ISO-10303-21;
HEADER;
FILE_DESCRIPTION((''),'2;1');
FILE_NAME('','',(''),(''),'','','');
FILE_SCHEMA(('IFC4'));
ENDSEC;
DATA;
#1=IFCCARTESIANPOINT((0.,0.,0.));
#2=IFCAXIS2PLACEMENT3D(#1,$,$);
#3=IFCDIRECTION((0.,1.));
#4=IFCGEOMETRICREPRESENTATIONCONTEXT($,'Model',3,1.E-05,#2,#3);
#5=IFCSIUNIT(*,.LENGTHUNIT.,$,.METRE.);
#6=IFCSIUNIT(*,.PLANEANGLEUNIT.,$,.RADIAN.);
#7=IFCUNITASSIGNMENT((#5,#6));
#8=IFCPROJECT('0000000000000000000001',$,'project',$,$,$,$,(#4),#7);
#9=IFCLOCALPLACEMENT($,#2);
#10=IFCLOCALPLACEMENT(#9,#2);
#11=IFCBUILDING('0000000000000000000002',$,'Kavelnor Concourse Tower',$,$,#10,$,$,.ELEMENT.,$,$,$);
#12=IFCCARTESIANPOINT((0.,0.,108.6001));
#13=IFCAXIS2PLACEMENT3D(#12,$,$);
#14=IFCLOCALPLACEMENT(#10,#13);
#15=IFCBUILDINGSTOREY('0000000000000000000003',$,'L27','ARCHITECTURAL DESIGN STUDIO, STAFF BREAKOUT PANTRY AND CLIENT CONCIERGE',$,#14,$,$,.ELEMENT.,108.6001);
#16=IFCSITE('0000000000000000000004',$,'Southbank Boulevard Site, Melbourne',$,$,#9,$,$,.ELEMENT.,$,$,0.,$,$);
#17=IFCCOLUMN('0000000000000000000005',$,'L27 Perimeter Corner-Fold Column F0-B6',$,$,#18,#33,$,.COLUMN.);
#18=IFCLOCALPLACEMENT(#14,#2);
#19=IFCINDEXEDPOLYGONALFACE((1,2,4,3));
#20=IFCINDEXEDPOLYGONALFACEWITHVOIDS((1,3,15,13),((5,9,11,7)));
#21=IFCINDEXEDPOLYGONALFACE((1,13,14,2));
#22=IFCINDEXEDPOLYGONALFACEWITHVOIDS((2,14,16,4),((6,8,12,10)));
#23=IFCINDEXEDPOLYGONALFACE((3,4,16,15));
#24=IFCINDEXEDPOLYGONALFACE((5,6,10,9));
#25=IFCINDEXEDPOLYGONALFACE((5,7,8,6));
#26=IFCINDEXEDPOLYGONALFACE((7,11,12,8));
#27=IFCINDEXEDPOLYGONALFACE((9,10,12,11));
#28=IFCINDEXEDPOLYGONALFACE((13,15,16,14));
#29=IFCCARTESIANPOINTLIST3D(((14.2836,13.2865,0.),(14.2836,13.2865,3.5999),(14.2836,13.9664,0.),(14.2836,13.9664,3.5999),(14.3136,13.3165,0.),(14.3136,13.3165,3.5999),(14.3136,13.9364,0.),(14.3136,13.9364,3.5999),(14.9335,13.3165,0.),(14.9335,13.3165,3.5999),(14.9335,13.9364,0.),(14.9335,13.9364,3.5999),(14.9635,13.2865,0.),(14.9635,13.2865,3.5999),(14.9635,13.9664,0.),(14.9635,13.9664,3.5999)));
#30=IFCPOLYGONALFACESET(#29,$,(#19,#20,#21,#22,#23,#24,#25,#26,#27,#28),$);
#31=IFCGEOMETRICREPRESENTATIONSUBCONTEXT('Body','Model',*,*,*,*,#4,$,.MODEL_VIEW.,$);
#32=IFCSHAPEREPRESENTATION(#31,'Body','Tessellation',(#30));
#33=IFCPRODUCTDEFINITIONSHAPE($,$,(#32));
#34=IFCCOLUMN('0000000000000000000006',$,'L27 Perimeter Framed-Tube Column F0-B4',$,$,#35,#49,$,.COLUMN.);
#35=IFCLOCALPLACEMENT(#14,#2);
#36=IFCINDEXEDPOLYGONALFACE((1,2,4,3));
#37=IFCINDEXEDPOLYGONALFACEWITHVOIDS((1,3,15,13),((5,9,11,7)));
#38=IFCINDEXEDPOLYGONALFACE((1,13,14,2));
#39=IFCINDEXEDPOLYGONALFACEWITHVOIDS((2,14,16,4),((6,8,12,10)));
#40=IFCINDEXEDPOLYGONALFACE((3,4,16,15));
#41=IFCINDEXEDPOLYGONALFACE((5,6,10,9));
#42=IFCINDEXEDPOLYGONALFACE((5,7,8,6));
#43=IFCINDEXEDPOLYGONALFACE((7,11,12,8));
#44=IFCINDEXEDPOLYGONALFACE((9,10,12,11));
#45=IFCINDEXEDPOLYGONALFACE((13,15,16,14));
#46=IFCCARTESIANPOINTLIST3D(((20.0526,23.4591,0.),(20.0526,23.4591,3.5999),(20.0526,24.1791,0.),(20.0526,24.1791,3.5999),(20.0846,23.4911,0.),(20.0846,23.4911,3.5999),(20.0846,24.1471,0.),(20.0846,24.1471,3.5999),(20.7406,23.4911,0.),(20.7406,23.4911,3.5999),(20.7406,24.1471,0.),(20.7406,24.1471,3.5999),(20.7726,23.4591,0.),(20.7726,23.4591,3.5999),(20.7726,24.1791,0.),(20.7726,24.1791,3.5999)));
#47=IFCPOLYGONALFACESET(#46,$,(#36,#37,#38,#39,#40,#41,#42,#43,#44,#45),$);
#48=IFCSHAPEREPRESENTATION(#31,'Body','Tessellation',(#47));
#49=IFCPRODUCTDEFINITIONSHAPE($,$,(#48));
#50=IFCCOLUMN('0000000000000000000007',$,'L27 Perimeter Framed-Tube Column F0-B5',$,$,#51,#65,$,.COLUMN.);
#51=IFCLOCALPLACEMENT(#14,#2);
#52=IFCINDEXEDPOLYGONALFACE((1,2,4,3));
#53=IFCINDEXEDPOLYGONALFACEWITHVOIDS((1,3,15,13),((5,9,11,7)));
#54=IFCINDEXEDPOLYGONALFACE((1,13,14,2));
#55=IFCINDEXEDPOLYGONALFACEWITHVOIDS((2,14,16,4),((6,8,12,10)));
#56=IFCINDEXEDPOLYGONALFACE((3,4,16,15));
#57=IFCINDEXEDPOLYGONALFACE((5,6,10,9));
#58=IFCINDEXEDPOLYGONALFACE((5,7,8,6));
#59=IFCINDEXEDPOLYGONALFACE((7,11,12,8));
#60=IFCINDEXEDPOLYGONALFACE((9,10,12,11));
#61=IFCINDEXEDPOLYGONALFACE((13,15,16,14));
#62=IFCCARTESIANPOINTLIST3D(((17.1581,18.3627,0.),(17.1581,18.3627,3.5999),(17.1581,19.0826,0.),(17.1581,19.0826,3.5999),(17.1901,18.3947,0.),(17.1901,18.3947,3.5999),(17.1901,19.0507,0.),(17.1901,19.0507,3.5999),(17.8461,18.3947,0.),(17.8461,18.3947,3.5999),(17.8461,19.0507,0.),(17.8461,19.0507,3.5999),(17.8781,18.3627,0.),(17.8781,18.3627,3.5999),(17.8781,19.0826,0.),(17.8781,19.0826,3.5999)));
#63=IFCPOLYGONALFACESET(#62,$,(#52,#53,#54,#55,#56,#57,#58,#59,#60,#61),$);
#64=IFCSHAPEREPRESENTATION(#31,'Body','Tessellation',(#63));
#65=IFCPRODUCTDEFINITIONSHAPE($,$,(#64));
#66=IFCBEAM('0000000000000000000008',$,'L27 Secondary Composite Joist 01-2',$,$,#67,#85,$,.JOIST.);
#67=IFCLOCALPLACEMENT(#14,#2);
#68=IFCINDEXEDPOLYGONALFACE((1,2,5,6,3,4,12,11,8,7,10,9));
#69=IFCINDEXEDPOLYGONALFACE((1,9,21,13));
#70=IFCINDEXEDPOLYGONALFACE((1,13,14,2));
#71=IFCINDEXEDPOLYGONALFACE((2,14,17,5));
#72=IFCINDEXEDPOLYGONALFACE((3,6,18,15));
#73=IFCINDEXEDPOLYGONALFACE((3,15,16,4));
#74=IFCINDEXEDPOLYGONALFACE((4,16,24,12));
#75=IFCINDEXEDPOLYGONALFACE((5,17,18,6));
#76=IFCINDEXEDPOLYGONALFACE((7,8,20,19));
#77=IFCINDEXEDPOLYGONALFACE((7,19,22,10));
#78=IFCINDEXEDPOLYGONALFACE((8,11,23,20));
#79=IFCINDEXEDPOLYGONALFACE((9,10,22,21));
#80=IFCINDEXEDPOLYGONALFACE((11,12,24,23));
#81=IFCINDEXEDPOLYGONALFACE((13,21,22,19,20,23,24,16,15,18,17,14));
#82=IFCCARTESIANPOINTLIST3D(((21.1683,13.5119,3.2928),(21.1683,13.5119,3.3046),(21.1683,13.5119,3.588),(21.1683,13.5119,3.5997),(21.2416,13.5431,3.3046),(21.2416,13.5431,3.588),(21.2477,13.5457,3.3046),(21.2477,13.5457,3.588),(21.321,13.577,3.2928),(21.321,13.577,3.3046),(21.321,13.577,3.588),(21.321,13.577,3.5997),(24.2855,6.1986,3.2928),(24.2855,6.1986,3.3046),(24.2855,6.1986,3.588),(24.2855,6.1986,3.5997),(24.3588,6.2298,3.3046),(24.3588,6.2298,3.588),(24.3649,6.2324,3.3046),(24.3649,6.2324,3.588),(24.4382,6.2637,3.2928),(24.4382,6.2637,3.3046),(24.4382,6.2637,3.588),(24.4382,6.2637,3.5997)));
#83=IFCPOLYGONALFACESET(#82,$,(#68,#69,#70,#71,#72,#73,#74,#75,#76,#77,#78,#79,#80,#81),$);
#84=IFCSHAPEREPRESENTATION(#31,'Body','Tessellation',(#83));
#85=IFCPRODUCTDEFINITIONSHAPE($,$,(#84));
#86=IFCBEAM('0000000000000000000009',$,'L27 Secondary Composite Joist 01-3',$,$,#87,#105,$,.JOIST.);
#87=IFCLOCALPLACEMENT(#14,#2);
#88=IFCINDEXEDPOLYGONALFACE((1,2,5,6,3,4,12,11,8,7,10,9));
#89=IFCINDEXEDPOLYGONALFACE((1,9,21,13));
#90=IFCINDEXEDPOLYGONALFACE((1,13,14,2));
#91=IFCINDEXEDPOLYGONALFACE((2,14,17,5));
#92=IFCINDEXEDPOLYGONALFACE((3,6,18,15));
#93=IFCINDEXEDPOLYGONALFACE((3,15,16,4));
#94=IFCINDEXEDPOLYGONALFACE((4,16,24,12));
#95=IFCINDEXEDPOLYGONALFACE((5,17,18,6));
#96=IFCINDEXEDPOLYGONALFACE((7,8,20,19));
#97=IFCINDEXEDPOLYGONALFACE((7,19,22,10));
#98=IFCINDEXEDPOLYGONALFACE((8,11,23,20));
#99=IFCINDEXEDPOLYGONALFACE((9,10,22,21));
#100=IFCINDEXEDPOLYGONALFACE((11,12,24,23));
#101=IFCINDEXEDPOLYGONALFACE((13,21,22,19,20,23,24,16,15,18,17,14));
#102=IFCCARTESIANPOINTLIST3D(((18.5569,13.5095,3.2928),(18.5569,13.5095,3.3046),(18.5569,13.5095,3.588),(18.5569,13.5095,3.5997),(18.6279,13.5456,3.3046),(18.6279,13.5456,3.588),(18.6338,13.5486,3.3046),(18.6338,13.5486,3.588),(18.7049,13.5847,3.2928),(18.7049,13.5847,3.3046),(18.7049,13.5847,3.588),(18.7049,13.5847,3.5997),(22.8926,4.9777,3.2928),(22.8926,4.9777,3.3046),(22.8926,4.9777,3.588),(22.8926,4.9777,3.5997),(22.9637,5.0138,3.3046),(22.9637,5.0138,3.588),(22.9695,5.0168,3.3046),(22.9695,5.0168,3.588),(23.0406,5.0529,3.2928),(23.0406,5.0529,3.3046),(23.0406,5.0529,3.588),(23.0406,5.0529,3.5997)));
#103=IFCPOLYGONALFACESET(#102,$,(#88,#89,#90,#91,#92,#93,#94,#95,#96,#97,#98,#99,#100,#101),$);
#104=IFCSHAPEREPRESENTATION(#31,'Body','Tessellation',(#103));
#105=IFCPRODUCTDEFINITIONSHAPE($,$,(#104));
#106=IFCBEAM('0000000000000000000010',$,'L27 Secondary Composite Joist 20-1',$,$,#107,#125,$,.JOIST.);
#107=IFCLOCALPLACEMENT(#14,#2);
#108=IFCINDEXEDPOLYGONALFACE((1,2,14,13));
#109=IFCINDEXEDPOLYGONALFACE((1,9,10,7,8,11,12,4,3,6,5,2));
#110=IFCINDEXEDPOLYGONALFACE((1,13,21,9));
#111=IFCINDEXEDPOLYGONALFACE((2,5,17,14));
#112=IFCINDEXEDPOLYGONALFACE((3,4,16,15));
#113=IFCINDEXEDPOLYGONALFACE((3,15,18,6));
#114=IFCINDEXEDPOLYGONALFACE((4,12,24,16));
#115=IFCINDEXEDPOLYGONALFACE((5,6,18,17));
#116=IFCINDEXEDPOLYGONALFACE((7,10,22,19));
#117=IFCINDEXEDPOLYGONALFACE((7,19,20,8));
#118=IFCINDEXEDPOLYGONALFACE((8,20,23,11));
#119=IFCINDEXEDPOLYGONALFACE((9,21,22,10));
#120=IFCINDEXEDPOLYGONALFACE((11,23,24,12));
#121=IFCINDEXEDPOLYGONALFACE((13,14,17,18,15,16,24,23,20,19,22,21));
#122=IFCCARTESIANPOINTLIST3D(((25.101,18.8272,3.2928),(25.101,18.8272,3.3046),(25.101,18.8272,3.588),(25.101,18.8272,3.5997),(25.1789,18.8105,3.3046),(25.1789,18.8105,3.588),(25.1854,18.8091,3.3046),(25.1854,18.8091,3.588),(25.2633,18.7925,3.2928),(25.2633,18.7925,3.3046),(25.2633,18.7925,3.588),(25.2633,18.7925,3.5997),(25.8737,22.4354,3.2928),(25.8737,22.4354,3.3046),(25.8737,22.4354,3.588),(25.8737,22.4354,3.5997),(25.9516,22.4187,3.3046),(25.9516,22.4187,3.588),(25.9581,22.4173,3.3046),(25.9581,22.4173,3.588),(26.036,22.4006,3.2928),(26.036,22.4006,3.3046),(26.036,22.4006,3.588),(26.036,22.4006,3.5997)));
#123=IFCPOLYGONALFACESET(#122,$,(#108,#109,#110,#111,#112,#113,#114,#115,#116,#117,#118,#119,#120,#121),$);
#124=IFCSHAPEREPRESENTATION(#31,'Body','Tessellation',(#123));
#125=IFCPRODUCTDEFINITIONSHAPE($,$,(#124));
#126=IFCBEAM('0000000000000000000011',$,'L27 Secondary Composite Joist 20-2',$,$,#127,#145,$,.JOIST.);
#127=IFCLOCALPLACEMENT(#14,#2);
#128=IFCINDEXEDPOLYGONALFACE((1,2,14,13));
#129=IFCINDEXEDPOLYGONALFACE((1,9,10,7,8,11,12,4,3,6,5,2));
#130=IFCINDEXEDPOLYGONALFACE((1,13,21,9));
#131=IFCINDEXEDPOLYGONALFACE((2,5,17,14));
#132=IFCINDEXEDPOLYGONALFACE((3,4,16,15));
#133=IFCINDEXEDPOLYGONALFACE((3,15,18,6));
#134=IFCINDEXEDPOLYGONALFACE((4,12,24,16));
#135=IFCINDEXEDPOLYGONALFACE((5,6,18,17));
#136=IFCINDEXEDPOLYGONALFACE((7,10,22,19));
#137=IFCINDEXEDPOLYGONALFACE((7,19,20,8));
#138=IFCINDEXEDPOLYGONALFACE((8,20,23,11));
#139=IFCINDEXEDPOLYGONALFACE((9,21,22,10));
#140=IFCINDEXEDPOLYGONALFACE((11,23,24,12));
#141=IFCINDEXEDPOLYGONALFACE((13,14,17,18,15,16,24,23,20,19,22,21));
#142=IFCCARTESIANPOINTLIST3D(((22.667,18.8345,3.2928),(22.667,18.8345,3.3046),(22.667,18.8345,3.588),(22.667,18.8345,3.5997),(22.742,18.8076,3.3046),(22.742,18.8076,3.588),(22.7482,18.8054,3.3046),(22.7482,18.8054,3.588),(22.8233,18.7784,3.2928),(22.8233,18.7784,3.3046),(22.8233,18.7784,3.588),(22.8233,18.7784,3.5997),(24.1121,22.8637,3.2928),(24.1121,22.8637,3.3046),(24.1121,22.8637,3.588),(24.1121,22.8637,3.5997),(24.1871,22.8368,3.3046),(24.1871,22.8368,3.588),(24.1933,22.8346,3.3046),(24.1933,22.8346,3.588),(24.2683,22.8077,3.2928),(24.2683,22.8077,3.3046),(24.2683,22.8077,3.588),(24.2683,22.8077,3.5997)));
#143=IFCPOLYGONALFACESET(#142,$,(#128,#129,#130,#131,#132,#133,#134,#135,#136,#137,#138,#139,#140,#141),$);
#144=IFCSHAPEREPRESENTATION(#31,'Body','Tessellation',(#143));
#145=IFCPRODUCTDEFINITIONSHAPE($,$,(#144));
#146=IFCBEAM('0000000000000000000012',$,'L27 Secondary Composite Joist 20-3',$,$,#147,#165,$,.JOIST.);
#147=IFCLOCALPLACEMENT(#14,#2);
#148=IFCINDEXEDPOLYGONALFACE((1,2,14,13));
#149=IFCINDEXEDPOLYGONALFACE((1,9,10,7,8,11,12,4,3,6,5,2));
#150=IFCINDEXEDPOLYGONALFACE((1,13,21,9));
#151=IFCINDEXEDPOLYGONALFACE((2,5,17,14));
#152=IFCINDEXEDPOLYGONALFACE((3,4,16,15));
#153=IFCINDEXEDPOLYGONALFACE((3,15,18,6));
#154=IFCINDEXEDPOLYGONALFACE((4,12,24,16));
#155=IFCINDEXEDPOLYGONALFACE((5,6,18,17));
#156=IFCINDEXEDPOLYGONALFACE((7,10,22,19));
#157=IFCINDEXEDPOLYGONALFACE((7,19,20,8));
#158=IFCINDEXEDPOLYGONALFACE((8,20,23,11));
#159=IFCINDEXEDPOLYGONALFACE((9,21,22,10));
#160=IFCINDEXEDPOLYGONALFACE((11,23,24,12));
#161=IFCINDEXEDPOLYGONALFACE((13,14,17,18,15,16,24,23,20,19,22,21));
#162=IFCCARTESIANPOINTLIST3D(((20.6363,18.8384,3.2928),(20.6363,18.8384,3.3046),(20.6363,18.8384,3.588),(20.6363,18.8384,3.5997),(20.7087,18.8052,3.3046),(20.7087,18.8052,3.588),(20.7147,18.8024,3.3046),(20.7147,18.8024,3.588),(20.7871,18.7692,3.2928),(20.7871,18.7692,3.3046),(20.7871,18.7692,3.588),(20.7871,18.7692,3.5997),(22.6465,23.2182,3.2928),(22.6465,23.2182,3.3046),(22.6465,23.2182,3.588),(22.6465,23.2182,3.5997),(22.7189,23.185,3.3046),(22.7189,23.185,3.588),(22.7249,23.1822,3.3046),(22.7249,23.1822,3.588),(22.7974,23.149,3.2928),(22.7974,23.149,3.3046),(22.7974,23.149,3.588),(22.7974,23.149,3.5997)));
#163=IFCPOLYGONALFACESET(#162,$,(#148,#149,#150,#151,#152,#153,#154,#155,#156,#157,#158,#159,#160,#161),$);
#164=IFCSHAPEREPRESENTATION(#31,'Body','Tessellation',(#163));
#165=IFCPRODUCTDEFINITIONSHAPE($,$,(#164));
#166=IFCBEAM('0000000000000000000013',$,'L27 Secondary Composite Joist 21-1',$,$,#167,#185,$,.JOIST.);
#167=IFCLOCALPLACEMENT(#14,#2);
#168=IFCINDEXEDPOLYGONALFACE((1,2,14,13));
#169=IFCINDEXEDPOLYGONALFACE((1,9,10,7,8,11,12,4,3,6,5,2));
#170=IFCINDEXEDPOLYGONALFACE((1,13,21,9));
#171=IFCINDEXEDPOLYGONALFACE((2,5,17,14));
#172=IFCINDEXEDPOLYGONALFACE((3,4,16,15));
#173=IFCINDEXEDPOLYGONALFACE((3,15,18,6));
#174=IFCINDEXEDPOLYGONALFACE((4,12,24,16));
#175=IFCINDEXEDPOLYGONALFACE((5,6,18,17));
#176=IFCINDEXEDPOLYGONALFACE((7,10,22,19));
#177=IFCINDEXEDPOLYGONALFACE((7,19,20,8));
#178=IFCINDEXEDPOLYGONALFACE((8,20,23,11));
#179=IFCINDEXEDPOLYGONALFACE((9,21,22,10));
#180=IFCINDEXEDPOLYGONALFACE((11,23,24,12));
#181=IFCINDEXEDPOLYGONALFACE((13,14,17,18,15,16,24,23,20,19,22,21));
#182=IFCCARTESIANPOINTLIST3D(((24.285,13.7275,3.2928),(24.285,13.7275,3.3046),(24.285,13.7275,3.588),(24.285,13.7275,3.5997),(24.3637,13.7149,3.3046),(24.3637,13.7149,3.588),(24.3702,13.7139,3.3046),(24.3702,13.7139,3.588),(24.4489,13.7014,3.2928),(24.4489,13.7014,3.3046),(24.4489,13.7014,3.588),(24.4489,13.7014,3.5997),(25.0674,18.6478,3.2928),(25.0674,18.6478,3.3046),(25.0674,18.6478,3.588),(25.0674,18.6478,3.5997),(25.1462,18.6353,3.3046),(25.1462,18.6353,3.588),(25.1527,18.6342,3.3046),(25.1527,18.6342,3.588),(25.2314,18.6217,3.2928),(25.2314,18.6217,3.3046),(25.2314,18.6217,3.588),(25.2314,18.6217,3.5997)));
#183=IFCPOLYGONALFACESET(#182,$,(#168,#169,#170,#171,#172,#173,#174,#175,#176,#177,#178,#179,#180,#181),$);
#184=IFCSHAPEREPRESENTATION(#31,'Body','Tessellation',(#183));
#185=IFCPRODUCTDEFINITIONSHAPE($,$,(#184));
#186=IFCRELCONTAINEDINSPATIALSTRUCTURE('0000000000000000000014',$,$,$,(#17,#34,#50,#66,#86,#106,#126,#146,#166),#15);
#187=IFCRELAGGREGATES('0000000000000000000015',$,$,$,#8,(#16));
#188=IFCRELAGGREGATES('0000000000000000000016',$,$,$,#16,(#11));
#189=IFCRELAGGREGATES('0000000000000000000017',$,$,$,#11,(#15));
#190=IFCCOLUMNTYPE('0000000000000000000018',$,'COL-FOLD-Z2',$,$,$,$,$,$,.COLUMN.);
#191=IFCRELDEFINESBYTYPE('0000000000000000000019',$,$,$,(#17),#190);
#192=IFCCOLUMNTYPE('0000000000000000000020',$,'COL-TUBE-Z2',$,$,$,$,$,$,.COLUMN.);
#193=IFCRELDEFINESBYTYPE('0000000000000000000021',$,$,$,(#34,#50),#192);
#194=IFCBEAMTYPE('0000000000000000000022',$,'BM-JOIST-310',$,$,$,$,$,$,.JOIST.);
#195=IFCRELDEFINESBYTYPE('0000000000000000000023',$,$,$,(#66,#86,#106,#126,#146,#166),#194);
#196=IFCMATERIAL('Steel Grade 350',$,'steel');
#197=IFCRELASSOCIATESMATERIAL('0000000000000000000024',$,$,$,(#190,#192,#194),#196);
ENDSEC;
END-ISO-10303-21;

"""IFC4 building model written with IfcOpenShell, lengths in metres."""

from ifc_helpers import new_model, si_unit, direction, frame, origin, origin_2d, place, context, subcontext, project, spatial, hollow_rectangle, i_section, extrude, material, material_profile, profile_set, type_object, element, save


model = new_model("IFC4")

# Units and contexts
model_context = context("Model", 3, precision=1e-05, world=origin(), true_north=direction((0.0, 1.0)))
body_context = subcontext(model_context, "Body", "Model", "MODEL_VIEW")
ifc_project = project(units=[si_unit("LENGTHUNIT", "METRE"), si_unit("PLANEANGLEUNIT", "RADIAN")], contexts=[model_context])

# Site, building, storey
site_placement = place(None, origin())
site = spatial("IfcSite", under=ifc_project, at=site_placement, Name="Southbank Boulevard Site, Melbourne", CompositionType="ELEMENT", RefElevation=0.0)
building_placement = place(site_placement, origin())
building = spatial("IfcBuilding", under=site, at=building_placement, Name="Kavelnor Concourse Tower", CompositionType="ELEMENT")
storey_placement = place(building_placement, frame((0.0, 0.0, 108.6001)))
storey = spatial("IfcBuildingStorey", under=building, at=storey_placement, Name="L27", Description="ARCHITECTURAL DESIGN STUDIO, STAFF BREAKOUT PANTRY AND CLIENT CONCIERGE", CompositionType="ELEMENT", Elevation=108.6001)

# Columns
ifc_material_1 = material(Name="Steel Grade 350", Category="steel")
ifc_material_profile_1 = material_profile(ifc_material_1, hollow_rectangle(XDim=0.6799, YDim=0.6799, WallThickness=0.03, at=origin_2d()), Name="SHS 680x680x30")
ifc_profile_set_1 = profile_set([ifc_material_profile_1], Name="Steel Grade 350")
column_type_1 = type_object("IfcColumnType", Name="COL-FOLD-Z2", PredefinedType="COLUMN", material=ifc_profile_set_1)
column_placement = place(storey_placement, frame((14.6235, 13.6265, 0.0), z_axis=(0.0, 0.0, 1.0), x_axis=(1.0, 0.0, 0.0)))
element("IfcColumn", 1, at=column_placement, inside=storey, type_object=column_type_1, Name="L27 Perimeter Corner-Fold Column F0-B6", PredefinedType="COLUMN", context=body_context, shape_type="SweptSolid", body=[
    extrude(hollow_rectangle(XDim=0.6799, YDim=0.6799, WallThickness=0.03, at=origin_2d()), origin(), (0.0, 0.0, 1.0), 3.5999),
])
ifc_material_profile_2 = material_profile(ifc_material_1, hollow_rectangle(XDim=0.72, YDim=0.72, WallThickness=0.032, at=origin_2d()), Name="SHS 720x720x32")
ifc_profile_set_2 = profile_set([ifc_material_profile_2], Name="Steel Grade 350")
column_type_2 = type_object("IfcColumnType", Name="COL-TUBE-Z2", PredefinedType="COLUMN", material=ifc_profile_set_2)
for number, where, z_axis, x_axis, name in (
    (2, (20.4126, 23.8191, 0.0), (0.0, 0.0, 1.0), (1.0, 0.0, 0.0), "L27 Perimeter Framed-Tube Column F0-B4"),
    (3, (17.5181, 18.7227, 0.0), (0.0, 0.0, 1.0), (1.0, 0.0, 0.0), "L27 Perimeter Framed-Tube Column F0-B5"),
):
    element("IfcColumn", number, at=place(storey_placement, frame(where, z_axis=z_axis, x_axis=x_axis)), inside=storey, type_object=column_type_2, Name=name, PredefinedType="COLUMN", context=body_context, shape_type="SweptSolid", body=[
        extrude(hollow_rectangle(XDim=0.72, YDim=0.72, WallThickness=0.032, at=origin_2d()), origin(), (0.0, 0.0, 1.0), 3.5999),
    ])

# Beams
ifc_material_profile_3 = material_profile(ifc_material_1, i_section(OverallWidth=0.166, OverallDepth=0.3069, WebThickness=0.0066, FlangeThickness=0.0117, at=origin_2d()), Name="310UB46")
ifc_profile_set_3 = profile_set([ifc_material_profile_3], Name="Steel Grade 350")
beam_type_1 = type_object("IfcBeamType", Name="BM-JOIST-310", PredefinedType="JOIST", material=ifc_profile_set_3)
beam_1_placement = place(storey_placement, frame((21.2446, 13.5444, 3.4463), z_axis=(0.392106, -0.91992, 0.0), x_axis=(0.91992, 0.392106, 0.0)))
element("IfcBeam", 4, at=beam_1_placement, inside=storey, type_object=beam_type_1, Name="L27 Secondary Composite Joist 01-2", PredefinedType="JOIST", context=body_context, shape_type="SweptSolid", body=[
    extrude(i_section(OverallWidth=0.166, OverallDepth=0.3069, WebThickness=0.0066, FlangeThickness=0.0117, at=origin_2d()), origin(), (0.0, 0.0, 1.0), 7.95),
])
beam_2_placement = place(storey_placement, frame((18.6309, 13.5471, 3.4463), z_axis=(0.453041, -0.89149, 0.0), x_axis=(0.89149, 0.453041, 0.0)))
element("IfcBeam", 5, at=beam_2_placement, inside=storey, type_object=beam_type_1, Name="L27 Secondary Composite Joist 01-3", PredefinedType="JOIST", context=body_context, shape_type="SweptSolid", body=[
    extrude(i_section(OverallWidth=0.166, OverallDepth=0.3069, WebThickness=0.0066, FlangeThickness=0.0117, at=origin_2d()), origin(), (0.0, 0.0, 1.0), 9.5703),
])
beam_3_placement = place(storey_placement, frame((25.9548, 22.418, 3.4463), z_axis=(-0.209407, -0.977829, 0.0), x_axis=(0.977829, -0.209407, 0.0)))
element("IfcBeam", 6, at=beam_3_placement, inside=storey, type_object=beam_type_1, Name="L27 Secondary Composite Joist 20-1", PredefinedType="JOIST", context=body_context, shape_type="SweptSolid", body=[
    extrude(i_section(OverallWidth=0.166, OverallDepth=0.3069, WebThickness=0.0066, FlangeThickness=0.0117, at=origin_2d()), origin(), (0.0, 0.0, 1.0), 3.6899),
])
beam_4_placement = place(storey_placement, frame((24.1902, 22.8357, 3.4463), z_axis=(-0.337586, -0.941295, 0.0), x_axis=(0.941295, -0.337586, 0.0)))
element("IfcBeam", 7, at=beam_4_placement, inside=storey, type_object=beam_type_1, Name="L27 Secondary Composite Joist 20-2", PredefinedType="JOIST", context=body_context, shape_type="SweptSolid", body=[
    extrude(i_section(OverallWidth=0.166, OverallDepth=0.3069, WebThickness=0.0066, FlangeThickness=0.0117, at=origin_2d()), origin(), (0.0, 0.0, 1.0), 4.2805),
])
beam_5_placement = place(storey_placement, frame((22.7219, 23.1836, 3.4463), z_axis=(-0.417136, -0.908844, 0.0), x_axis=(0.908844, -0.417136, 0.0)))
element("IfcBeam", 8, at=beam_5_placement, inside=storey, type_object=beam_type_1, Name="L27 Secondary Composite Joist 20-3", PredefinedType="JOIST", context=body_context, shape_type="SweptSolid", body=[
    extrude(i_section(OverallWidth=0.166, OverallDepth=0.3069, WebThickness=0.0066, FlangeThickness=0.0117, at=origin_2d()), origin(), (0.0, 0.0, 1.0), 4.8191),
])
beam_6_placement = place(storey_placement, frame((25.1494, 18.6348, 3.4463), z_axis=(-0.157052, -0.98759, 0.0), x_axis=(0.98759, -0.157052, 0.0)))
element("IfcBeam", 9, at=beam_6_placement, inside=storey, type_object=beam_type_1, Name="L27 Secondary Composite Joist 21-1", PredefinedType="JOIST", context=body_context, shape_type="SweptSolid", body=[
    extrude(i_section(OverallWidth=0.166, OverallDepth=0.3069, WebThickness=0.0066, FlangeThickness=0.0117, at=origin_2d()), origin(), (0.0, 0.0, 1.0), 4.9822),
])

save(model, "model.ifc")
